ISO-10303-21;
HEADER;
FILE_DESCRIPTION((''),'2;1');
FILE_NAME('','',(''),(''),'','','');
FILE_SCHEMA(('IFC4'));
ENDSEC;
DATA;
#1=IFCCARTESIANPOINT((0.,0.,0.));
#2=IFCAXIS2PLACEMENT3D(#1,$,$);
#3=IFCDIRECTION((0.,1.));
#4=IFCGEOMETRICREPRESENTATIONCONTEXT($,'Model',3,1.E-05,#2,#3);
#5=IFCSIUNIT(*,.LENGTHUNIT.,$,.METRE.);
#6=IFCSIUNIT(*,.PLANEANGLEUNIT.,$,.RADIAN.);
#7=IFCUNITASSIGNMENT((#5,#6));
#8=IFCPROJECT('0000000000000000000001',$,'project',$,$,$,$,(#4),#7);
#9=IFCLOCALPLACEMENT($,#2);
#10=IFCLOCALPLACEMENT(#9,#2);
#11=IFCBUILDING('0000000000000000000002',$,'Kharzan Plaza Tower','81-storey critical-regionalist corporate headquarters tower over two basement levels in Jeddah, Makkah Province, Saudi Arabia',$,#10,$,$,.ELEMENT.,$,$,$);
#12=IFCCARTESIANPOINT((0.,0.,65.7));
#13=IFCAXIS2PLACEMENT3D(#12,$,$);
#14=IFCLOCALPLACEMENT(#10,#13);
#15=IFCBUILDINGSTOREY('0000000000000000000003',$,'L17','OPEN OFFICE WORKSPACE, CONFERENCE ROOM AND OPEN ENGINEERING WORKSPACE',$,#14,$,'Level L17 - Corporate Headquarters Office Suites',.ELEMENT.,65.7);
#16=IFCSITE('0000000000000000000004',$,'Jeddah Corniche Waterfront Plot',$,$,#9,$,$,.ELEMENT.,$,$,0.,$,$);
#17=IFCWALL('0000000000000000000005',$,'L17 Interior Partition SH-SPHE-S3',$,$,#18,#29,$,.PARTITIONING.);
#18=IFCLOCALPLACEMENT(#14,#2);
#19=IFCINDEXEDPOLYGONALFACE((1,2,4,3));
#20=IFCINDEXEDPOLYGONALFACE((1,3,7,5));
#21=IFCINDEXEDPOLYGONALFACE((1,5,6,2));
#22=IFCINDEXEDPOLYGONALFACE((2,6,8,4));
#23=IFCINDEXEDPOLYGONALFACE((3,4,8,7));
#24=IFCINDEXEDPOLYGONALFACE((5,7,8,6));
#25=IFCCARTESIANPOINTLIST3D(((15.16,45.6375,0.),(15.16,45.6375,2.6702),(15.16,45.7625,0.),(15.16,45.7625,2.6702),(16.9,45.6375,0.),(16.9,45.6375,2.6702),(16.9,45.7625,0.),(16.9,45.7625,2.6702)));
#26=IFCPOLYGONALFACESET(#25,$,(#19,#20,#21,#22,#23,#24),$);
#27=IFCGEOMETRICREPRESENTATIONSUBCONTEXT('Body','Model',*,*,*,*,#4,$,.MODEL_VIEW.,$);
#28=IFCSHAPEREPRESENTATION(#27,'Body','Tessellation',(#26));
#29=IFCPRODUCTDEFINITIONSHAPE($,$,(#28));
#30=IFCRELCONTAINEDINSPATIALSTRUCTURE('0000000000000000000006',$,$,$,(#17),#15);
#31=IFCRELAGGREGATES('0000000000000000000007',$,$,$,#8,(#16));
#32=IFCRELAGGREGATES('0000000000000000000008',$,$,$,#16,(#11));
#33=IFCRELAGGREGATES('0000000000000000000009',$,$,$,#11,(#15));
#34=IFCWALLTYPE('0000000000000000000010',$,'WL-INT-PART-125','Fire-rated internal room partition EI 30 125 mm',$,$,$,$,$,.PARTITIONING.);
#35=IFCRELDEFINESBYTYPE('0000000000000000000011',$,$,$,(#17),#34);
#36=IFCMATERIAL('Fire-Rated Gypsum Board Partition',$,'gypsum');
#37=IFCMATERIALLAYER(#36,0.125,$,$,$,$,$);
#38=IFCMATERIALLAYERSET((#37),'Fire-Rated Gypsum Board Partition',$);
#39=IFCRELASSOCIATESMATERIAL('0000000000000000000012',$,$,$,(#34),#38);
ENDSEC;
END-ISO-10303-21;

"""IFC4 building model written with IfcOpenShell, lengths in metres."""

from ifc_helpers import new_model, si_unit, direction, frame, frame_2d, origin, place, context, subcontext, project, spatial, rectangle, extrude, source, transform, mapped, material, layer, layer_set, type_object, element, save


model = new_model("IFC4")

# Units and contexts
model_context = context("Model", 3, precision=1e-05, world=origin(), true_north=direction((0.0, 1.0)))
body_context = subcontext(model_context, "Body", "Model", "MODEL_VIEW")
ifc_project = project(units=[si_unit("LENGTHUNIT", "METRE"), si_unit("PLANEANGLEUNIT", "RADIAN")], contexts=[model_context])

# Site, building, storey
site_placement = place(None, origin())
site = spatial("IfcSite", under=ifc_project, at=site_placement, Name="Jeddah Corniche Waterfront Plot", CompositionType="ELEMENT", RefElevation=0.0)
building_placement = place(site_placement, origin())
building = spatial("IfcBuilding", under=site, at=building_placement, Name="Kharzan Plaza Tower", Description="81-storey critical-regionalist corporate headquarters tower over two basement levels in Jeddah, Makkah Province, Saudi Arabia", CompositionType="ELEMENT")
storey_placement = place(building_placement, frame((0.0, 0.0, 65.7)))
storey = spatial("IfcBuildingStorey", under=building, at=storey_placement, Name="L17", Description="OPEN OFFICE WORKSPACE, CONFERENCE ROOM AND OPEN ENGINEERING WORKSPACE", LongName="Level L17 - Corporate Headquarters Office Suites", CompositionType="ELEMENT", Elevation=65.7)

# Shared definitions
ifc_material_1 = material(Name="Fire-Rated Gypsum Board Partition", Category="gypsum")
ifc_layer_1 = layer(ifc_material_1, 0.125)
ifc_layer_set_1 = layer_set([ifc_layer_1], Name="Fire-Rated Gypsum Board Partition")
wall_type_1 = type_object("IfcWallType", Name="WL-INT-PART-125", Description="Fire-rated internal room partition EI 30 125 mm", PredefinedType="PARTITIONING", material=ifc_layer_set_1)

# Wall
shared_shape_1 = source(origin(), body_context, "Body", "SweptSolid", [
    extrude(rectangle(XDim=1.74, YDim=0.125, at=frame_2d((0.8701, 0.0))), origin(), (0.0, 0.0, 1.0), 2.6702),
])
wall_1_placement = place(storey_placement, frame((15.1599, 45.7, 0.0), z_axis=(0.0, 0.0, 1.0), x_axis=(1.0, 0.0, 0.0)))
element("IfcWall", 1, at=wall_1_placement, inside=storey, type_object=wall_type_1, Name="L17 Interior Partition SH-SPHE-S3", PredefinedType="PARTITIONING", context=body_context, shape_type="MappedRepresentation", body=[
    mapped(shared_shape_1, transform((0.0, 0.0, 0.0), x_axis=(1.0, 0.0, 0.0), y_axis=(0.0, 1.0, 0.0), z_axis=(0.0, 0.0, 1.0))),
])

save(model, "model.ifc")
